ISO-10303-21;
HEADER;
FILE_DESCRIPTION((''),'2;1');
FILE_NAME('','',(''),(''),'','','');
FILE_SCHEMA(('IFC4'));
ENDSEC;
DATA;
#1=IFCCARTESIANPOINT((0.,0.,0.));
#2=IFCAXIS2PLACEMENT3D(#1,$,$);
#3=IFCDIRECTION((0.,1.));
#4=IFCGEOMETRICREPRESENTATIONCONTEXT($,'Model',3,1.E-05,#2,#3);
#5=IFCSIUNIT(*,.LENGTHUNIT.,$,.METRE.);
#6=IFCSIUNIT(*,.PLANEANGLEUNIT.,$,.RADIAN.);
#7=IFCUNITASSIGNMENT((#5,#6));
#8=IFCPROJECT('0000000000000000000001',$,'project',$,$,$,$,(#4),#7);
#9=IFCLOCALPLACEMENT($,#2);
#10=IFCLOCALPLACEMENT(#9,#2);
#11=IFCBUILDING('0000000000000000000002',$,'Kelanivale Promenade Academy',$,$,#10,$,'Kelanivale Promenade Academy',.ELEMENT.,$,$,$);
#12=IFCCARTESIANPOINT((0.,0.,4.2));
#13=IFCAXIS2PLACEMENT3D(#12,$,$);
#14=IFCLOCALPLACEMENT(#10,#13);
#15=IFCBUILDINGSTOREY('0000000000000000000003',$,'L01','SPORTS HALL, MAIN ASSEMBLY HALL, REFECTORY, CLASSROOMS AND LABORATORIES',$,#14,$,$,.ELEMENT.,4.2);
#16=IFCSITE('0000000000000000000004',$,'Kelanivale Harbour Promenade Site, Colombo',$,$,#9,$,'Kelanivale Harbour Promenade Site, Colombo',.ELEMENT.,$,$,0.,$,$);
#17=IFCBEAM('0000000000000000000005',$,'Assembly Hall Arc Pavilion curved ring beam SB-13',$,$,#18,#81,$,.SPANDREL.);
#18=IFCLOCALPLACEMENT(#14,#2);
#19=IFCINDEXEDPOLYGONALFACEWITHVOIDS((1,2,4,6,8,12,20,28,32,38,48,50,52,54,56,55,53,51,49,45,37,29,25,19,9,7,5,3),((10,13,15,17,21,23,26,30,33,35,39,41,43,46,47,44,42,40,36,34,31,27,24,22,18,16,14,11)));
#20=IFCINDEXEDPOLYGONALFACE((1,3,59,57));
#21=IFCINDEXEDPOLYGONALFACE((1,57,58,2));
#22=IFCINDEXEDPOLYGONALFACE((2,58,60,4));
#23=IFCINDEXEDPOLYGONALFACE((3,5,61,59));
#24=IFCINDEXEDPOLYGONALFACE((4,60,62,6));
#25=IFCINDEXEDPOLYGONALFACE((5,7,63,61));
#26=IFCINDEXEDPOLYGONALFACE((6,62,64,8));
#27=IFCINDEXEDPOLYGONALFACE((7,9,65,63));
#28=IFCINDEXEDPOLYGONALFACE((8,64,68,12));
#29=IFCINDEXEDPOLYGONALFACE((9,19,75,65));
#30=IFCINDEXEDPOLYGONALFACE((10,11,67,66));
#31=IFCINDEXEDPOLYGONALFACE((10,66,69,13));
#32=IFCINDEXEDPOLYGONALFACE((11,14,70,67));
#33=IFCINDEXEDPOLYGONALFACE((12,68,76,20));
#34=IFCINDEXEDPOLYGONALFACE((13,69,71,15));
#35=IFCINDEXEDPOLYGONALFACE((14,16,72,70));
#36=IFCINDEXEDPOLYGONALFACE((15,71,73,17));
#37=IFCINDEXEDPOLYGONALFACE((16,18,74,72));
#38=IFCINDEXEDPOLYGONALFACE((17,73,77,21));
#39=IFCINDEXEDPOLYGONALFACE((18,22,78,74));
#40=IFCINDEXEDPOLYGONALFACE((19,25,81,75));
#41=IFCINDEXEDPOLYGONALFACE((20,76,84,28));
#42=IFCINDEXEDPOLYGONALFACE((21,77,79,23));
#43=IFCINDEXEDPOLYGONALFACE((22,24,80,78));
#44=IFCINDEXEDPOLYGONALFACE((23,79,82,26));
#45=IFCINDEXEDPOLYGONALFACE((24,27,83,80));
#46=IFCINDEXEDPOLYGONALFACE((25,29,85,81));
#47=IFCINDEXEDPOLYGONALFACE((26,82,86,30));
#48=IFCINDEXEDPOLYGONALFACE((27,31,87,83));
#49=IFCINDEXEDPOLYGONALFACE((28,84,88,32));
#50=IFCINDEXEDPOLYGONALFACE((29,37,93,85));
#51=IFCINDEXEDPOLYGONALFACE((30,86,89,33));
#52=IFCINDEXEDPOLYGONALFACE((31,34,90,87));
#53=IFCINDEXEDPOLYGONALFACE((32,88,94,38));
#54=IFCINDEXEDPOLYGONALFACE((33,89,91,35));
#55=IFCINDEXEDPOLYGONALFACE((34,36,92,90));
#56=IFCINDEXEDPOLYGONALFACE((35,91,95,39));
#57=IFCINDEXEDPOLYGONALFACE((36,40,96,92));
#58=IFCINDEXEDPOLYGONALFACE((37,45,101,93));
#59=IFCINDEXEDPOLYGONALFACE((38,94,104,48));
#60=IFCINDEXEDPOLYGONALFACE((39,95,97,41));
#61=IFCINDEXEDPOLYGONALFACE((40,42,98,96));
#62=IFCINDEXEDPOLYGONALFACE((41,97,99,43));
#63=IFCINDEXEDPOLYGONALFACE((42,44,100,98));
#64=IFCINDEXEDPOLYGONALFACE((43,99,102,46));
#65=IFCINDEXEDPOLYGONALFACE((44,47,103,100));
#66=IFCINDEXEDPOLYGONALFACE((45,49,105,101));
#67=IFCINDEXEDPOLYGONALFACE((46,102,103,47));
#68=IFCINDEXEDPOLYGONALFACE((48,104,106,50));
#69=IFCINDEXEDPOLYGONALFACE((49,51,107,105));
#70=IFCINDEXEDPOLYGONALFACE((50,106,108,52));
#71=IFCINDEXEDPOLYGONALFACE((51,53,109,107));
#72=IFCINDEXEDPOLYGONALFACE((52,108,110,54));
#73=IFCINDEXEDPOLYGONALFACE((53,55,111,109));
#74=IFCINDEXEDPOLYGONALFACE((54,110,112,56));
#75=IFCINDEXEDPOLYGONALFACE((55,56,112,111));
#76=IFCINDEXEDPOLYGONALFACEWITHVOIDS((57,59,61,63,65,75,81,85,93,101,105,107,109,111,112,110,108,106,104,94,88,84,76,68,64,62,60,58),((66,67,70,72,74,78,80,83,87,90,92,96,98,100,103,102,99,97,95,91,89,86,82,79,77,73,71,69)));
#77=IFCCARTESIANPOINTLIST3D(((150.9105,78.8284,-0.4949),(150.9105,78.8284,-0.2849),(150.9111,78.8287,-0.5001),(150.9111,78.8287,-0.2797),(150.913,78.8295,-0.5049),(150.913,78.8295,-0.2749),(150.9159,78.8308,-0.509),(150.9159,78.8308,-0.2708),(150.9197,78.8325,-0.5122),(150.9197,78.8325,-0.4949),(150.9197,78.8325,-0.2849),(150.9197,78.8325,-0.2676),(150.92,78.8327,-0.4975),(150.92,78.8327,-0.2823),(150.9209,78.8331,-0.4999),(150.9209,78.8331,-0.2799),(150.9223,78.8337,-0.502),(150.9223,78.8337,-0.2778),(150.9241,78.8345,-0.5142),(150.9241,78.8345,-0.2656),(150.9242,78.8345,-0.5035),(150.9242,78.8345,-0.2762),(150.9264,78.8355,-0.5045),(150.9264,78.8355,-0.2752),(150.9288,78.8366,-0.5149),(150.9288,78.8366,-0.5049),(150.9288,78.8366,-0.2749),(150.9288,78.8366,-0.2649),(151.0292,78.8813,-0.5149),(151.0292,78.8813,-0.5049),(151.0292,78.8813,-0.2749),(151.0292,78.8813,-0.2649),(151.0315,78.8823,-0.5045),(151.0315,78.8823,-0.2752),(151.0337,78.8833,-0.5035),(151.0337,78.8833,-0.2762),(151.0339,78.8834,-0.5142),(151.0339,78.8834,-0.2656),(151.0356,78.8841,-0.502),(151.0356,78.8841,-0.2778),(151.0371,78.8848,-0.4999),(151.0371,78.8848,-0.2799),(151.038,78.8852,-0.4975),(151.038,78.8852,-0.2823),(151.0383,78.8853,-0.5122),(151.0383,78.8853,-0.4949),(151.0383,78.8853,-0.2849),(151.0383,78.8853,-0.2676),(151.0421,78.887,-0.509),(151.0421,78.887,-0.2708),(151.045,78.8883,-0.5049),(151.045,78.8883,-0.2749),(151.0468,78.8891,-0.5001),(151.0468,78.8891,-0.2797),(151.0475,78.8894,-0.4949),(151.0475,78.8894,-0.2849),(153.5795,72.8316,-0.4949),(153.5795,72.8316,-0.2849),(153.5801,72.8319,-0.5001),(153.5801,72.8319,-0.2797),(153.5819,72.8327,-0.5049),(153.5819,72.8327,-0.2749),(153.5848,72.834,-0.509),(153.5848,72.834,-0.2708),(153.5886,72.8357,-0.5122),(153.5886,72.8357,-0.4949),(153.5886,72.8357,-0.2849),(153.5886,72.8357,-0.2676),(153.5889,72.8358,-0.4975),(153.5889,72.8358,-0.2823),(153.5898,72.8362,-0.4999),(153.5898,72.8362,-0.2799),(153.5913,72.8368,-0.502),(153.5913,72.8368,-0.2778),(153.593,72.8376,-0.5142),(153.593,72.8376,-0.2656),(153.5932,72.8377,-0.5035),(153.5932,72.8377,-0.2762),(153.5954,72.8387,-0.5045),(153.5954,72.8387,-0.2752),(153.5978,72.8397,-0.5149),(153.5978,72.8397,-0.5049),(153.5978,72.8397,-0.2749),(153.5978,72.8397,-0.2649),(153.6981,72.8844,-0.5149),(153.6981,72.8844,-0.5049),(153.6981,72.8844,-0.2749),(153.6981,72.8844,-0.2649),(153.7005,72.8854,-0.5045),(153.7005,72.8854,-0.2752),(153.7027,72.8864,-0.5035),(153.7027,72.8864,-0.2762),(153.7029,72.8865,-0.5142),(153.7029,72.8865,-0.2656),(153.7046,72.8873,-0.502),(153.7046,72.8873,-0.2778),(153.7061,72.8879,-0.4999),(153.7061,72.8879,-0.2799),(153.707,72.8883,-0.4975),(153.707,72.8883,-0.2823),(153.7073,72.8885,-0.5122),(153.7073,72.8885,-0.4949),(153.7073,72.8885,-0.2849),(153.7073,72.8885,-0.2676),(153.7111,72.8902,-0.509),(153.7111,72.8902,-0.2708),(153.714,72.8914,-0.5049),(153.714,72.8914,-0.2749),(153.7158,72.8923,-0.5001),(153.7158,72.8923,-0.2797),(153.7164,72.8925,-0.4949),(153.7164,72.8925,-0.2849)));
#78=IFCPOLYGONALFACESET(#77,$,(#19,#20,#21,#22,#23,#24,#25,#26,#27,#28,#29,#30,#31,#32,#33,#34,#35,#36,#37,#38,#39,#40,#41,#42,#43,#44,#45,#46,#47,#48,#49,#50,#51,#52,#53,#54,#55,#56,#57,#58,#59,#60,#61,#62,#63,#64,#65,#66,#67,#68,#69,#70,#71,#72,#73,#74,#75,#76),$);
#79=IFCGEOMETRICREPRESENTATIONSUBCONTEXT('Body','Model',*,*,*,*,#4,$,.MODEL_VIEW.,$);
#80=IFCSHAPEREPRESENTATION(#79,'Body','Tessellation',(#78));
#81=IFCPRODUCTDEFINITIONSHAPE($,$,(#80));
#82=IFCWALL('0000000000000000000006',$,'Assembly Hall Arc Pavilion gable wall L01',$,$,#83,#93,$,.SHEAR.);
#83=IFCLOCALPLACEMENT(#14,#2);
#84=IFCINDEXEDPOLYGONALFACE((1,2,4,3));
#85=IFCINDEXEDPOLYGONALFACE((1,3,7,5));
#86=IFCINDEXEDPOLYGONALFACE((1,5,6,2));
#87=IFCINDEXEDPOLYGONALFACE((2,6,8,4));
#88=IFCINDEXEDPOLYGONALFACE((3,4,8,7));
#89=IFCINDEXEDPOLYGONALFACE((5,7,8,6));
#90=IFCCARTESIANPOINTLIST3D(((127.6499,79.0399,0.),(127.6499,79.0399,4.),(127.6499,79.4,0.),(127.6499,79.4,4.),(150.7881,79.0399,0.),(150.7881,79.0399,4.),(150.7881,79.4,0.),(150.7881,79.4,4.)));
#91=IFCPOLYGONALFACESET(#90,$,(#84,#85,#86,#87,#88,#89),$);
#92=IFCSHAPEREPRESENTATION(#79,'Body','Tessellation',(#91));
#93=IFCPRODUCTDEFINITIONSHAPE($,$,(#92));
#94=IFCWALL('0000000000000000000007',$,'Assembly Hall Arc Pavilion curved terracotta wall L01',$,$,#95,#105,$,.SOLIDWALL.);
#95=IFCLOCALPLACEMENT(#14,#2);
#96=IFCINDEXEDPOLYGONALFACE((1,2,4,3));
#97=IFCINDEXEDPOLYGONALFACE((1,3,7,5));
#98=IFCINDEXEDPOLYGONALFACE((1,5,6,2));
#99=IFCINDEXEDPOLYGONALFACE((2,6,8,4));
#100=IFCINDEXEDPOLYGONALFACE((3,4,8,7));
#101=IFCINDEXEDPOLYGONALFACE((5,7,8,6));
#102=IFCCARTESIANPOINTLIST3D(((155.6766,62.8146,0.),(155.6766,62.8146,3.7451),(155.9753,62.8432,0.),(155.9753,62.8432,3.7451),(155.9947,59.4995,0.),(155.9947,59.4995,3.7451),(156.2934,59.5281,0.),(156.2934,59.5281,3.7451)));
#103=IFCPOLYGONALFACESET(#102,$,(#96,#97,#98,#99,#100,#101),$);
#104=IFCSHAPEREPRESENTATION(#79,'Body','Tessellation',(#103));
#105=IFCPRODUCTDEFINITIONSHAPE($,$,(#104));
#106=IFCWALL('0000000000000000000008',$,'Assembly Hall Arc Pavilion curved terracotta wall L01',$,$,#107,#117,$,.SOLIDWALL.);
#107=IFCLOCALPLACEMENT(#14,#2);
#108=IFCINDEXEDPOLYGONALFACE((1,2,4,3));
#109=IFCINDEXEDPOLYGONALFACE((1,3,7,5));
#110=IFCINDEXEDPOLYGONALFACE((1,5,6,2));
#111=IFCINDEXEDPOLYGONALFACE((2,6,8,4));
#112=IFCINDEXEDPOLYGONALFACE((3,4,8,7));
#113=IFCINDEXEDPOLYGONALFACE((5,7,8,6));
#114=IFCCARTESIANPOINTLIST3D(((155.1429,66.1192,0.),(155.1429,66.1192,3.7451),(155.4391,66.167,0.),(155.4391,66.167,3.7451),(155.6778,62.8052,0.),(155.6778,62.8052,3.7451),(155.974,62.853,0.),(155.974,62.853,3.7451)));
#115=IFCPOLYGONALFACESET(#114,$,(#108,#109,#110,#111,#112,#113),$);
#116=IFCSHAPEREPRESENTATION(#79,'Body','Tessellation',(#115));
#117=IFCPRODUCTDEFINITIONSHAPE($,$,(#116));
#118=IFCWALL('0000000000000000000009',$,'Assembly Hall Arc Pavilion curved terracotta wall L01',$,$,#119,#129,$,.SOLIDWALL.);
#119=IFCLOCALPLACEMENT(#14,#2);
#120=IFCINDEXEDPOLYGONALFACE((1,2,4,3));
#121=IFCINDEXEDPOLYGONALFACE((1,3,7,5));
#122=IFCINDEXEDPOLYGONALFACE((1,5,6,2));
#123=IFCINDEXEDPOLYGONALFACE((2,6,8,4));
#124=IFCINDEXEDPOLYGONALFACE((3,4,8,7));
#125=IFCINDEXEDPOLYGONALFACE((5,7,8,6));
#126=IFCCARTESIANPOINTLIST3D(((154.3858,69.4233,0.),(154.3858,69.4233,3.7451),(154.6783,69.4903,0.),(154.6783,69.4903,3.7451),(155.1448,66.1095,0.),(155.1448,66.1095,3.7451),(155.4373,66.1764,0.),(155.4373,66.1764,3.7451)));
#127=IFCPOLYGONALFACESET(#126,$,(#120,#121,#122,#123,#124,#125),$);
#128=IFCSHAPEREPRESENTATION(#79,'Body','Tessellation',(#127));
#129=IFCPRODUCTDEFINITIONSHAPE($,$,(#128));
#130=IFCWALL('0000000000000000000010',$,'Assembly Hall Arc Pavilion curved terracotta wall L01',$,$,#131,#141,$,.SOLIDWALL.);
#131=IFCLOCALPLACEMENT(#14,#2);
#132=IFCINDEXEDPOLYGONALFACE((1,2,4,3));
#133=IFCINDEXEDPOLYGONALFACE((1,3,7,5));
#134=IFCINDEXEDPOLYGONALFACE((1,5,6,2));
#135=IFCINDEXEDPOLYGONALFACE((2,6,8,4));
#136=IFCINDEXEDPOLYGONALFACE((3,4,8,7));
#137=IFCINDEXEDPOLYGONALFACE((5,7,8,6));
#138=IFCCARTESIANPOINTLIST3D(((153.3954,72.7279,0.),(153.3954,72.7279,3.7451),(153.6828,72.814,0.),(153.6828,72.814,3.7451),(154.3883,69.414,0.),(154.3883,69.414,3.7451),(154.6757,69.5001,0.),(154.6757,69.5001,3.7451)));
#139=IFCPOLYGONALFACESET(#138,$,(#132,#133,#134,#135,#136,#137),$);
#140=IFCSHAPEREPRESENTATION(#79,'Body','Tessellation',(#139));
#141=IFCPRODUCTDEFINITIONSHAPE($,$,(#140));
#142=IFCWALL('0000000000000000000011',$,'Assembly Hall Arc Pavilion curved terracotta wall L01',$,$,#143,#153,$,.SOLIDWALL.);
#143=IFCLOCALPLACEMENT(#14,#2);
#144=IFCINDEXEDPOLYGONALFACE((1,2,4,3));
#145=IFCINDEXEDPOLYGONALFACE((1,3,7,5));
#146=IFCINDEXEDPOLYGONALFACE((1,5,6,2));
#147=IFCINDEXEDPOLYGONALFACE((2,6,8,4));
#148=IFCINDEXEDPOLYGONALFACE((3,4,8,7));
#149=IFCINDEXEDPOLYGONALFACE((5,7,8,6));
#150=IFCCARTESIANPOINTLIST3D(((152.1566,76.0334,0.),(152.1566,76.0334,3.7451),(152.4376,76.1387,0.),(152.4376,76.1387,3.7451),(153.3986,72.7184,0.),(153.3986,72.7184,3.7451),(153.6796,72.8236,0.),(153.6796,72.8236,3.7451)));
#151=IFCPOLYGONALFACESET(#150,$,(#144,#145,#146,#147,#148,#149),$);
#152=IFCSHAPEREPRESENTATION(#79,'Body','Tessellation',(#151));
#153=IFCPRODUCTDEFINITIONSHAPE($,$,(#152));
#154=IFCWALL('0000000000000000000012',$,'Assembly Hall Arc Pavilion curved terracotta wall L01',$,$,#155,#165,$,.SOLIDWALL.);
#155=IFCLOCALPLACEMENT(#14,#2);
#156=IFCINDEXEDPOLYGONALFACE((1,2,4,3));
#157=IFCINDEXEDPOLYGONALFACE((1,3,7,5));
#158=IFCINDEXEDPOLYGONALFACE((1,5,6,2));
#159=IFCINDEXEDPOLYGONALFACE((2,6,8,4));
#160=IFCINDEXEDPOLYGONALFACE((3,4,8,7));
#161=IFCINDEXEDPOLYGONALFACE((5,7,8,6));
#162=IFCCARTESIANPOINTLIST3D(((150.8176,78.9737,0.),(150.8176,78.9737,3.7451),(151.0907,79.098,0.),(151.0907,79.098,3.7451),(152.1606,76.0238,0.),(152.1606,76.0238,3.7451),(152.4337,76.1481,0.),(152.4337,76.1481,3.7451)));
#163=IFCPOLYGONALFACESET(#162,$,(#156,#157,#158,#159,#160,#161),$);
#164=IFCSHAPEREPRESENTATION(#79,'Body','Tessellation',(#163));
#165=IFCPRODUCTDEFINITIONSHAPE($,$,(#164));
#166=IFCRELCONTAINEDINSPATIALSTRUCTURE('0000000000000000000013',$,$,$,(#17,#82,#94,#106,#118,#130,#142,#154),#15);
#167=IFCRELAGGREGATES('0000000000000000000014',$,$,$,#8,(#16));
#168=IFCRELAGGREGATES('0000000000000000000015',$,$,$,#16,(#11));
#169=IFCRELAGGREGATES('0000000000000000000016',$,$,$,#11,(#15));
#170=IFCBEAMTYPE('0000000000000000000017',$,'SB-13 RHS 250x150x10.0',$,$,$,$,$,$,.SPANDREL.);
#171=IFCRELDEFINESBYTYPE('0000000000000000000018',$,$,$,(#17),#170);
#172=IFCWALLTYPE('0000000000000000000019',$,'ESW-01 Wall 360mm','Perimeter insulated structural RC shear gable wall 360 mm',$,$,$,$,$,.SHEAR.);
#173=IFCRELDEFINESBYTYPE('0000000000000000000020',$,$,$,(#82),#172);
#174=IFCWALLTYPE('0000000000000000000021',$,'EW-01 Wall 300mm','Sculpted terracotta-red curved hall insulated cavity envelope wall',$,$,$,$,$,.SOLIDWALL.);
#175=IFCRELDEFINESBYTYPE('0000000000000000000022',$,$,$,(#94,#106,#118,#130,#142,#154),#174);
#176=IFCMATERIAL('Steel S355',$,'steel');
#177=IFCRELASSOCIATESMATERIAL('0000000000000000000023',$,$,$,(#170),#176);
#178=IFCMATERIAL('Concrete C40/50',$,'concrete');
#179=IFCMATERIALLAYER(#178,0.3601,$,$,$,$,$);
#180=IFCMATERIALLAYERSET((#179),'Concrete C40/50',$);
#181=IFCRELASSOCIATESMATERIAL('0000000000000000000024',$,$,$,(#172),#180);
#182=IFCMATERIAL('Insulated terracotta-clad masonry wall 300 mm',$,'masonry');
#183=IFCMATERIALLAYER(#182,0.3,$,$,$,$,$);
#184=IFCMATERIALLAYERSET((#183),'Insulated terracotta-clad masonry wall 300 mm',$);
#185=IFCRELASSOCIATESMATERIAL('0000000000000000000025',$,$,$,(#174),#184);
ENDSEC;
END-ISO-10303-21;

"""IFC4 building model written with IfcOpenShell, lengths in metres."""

from ifc_helpers import new_model, si_unit, direction, frame, frame_2d, origin, origin_2d, place, context, subcontext, project, spatial, rectangle, hollow_rectangle, extrude, material, layer, layer_set, material_profile, profile_set, type_object, element, save


model = new_model("IFC4")

# Units and contexts
model_context = context("Model", 3, precision=1e-05, world=origin(), true_north=direction((0.0, 1.0)))
body_context = subcontext(model_context, "Body", "Model", "MODEL_VIEW")
ifc_project = project(units=[si_unit("LENGTHUNIT", "METRE"), si_unit("PLANEANGLEUNIT", "RADIAN")], contexts=[model_context])

# Site, building, storey
site_placement = place(None, origin())
site = spatial("IfcSite", under=ifc_project, at=site_placement, Name="Kelanivale Harbour Promenade Site, Colombo", LongName="Kelanivale Harbour Promenade Site, Colombo", CompositionType="ELEMENT", RefElevation=0.0)
building_placement = place(site_placement, origin())
building = spatial("IfcBuilding", under=site, at=building_placement, Name="Kelanivale Promenade Academy", LongName="Kelanivale Promenade Academy", CompositionType="ELEMENT")
storey_placement = place(building_placement, frame((0.0, 0.0, 4.2)))
storey = spatial("IfcBuildingStorey", under=building, at=storey_placement, Name="L01", Description="SPORTS HALL, MAIN ASSEMBLY HALL, REFECTORY, CLASSROOMS AND LABORATORIES", CompositionType="ELEMENT", Elevation=4.2)

# Shared definitions
ifc_material_1 = material(Name="Concrete C40/50", Category="concrete")
ifc_material_2 = material(Name="Steel S355", Category="steel")

# Beam
ifc_material_profile_1 = material_profile(ifc_material_2, hollow_rectangle(XDim=0.1499, YDim=0.25, WallThickness=0.01, InnerFilletRadius=0.01, OuterFilletRadius=0.02, at=origin_2d()), Name="RHS 250x150x10.0")
ifc_profile_set_1 = profile_set([ifc_material_profile_1], Name="Steel S355")
beam_type_1 = type_object("IfcBeamType", Name="SB-13 RHS 250x150x10.0", PredefinedType="SPANDREL", material=ifc_profile_set_1)
beam_1_placement = place(storey_placement, frame((153.6479, 72.8621, -0.3899), z_axis=(-0.406608, 0.913603, 0.0), x_axis=(-0.913603, -0.406608, 0.0)))
element("IfcBeam", 1, at=beam_1_placement, inside=storey, type_object=beam_type_1, Name="Assembly Hall Arc Pavilion curved ring beam SB-13", PredefinedType="SPANDREL", context=body_context, shape_type="SweptSolid", body=[
    extrude(hollow_rectangle(XDim=0.1499, YDim=0.25, WallThickness=0.01, InnerFilletRadius=0.01, OuterFilletRadius=0.02, at=origin_2d()), origin(), (0.0, 0.0, 1.0), 6.564),
])

# Walls
ifc_layer_1 = layer(ifc_material_1, 0.3601)
ifc_layer_set_1 = layer_set([ifc_layer_1], Name="Concrete C40/50")
wall_type_1 = type_object("IfcWallType", Name="ESW-01 Wall 360mm", Description="Perimeter insulated structural RC shear gable wall 360 mm", PredefinedType="SHEAR", material=ifc_layer_set_1)
wall_1_placement = place(storey_placement, frame((150.7881, 79.22, 0.0), z_axis=(0.0, 0.0, 1.0), x_axis=(-1.0, 0.0, 0.0)))
element("IfcWall", 2, at=wall_1_placement, inside=storey, type_object=wall_type_1, Name="Assembly Hall Arc Pavilion gable wall L01", PredefinedType="SHEAR", context=body_context, shape_type="SweptSolid", body=[
    extrude(rectangle(XDim=23.1382, YDim=0.3601, at=frame_2d((11.5691, 0.0))), origin(), (0.0, 0.0, 1.0), 4.0),
])
ifc_material_3 = material(Name="Insulated terracotta-clad masonry wall 300 mm", Category="masonry")
ifc_layer_2 = layer(ifc_material_3, 0.3)
ifc_layer_set_2 = layer_set([ifc_layer_2], Name="Insulated terracotta-clad masonry wall 300 mm")
wall_type_2 = type_object("IfcWallType", Name="EW-01 Wall 300mm", Description="Sculpted terracotta-red curved hall insulated cavity envelope wall", PredefinedType="SOLIDWALL", material=ifc_layer_set_2)
wall_2_placement = place(storey_placement, frame((156.144, 59.5139, 0.0), z_axis=(0.0, 0.0, 1.0), x_axis=(-0.095518, 0.995428, 0.0)))
element("IfcWall", 3, at=wall_2_placement, inside=storey, type_object=wall_type_2, Name="Assembly Hall Arc Pavilion curved terracotta wall L01", PredefinedType="SOLIDWALL", context=body_context, shape_type="SweptSolid", body=[
    extrude(rectangle(XDim=3.3303, YDim=0.3, at=frame_2d((1.665, 0.0))), origin(), (0.0, 0.0, 1.0), 3.7451),
])
wall_3_placement = place(storey_placement, frame((155.8259, 62.8291, 0.0), z_axis=(0.0, 0.0, 1.0), x_axis=(-0.159349, 0.987222, 0.0)))
element("IfcWall", 4, at=wall_3_placement, inside=storey, type_object=wall_type_2, Name="Assembly Hall Arc Pavilion curved terracotta wall L01", PredefinedType="SOLIDWALL", context=body_context, shape_type="SweptSolid", body=[
    extrude(rectangle(XDim=3.3569, YDim=0.3, at=frame_2d((1.6785, 0.0))), origin(), (0.0, 0.0, 1.0), 3.7451),
])
wall_4_placement = place(storey_placement, frame((155.291, 66.1431, 0.0), z_axis=(0.0, 0.0, 1.0), x_axis=(-0.22326, 0.974759, 0.0)))
element("IfcWall", 5, at=wall_4_placement, inside=storey, type_object=wall_type_2, Name="Assembly Hall Arc Pavilion curved terracotta wall L01", PredefinedType="SOLIDWALL", context=body_context, shape_type="SweptSolid", body=[
    extrude(rectangle(XDim=3.3997, YDim=0.3, at=frame_2d((1.6997, 0.0))), origin(), (0.0, 0.0, 1.0), 3.7451),
])
wall_5_placement = place(storey_placement, frame((154.532, 69.457, 0.0), z_axis=(0.0, 0.0, 1.0), x_axis=(-0.287011, 0.957927, 0.0)))
element("IfcWall", 6, at=wall_5_placement, inside=storey, type_object=wall_type_2, Name="Assembly Hall Arc Pavilion curved terracotta wall L01", PredefinedType="SOLIDWALL", context=body_context, shape_type="SweptSolid", body=[
    extrude(rectangle(XDim=3.4595, YDim=0.3, at=frame_2d((1.7297, 0.0))), origin(), (0.0, 0.0, 1.0), 3.7451),
])
wall_6_placement = place(storey_placement, frame((153.5391, 72.771, 0.0), z_axis=(0.0, 0.0, 1.0), x_axis=(-0.350836, 0.936437, 0.0)))
element("IfcWall", 7, at=wall_6_placement, inside=storey, type_object=wall_type_2, Name="Assembly Hall Arc Pavilion curved terracotta wall L01", PredefinedType="SOLIDWALL", context=body_context, shape_type="SweptSolid", body=[
    extrude(rectangle(XDim=3.54, YDim=0.3, at=frame_2d((1.77, 0.0))), origin(), (0.0, 0.0, 1.0), 3.7451),
])
wall_7_placement = place(storey_placement, frame((152.2971, 76.0859, 0.0), z_axis=(0.0, 0.0, 1.0), x_axis=(-0.414348, 0.910119, 0.0)))
element("IfcWall", 8, at=wall_7_placement, inside=storey, type_object=wall_type_2, Name="Assembly Hall Arc Pavilion curved terracotta wall L01", PredefinedType="SOLIDWALL", context=body_context, shape_type="SweptSolid", body=[
    extrude(rectangle(XDim=3.2412, YDim=0.3, at=frame_2d((1.6206, 0.0))), origin(), (0.0, 0.0, 1.0), 3.7451),
])

save(model, "model.ifc")
